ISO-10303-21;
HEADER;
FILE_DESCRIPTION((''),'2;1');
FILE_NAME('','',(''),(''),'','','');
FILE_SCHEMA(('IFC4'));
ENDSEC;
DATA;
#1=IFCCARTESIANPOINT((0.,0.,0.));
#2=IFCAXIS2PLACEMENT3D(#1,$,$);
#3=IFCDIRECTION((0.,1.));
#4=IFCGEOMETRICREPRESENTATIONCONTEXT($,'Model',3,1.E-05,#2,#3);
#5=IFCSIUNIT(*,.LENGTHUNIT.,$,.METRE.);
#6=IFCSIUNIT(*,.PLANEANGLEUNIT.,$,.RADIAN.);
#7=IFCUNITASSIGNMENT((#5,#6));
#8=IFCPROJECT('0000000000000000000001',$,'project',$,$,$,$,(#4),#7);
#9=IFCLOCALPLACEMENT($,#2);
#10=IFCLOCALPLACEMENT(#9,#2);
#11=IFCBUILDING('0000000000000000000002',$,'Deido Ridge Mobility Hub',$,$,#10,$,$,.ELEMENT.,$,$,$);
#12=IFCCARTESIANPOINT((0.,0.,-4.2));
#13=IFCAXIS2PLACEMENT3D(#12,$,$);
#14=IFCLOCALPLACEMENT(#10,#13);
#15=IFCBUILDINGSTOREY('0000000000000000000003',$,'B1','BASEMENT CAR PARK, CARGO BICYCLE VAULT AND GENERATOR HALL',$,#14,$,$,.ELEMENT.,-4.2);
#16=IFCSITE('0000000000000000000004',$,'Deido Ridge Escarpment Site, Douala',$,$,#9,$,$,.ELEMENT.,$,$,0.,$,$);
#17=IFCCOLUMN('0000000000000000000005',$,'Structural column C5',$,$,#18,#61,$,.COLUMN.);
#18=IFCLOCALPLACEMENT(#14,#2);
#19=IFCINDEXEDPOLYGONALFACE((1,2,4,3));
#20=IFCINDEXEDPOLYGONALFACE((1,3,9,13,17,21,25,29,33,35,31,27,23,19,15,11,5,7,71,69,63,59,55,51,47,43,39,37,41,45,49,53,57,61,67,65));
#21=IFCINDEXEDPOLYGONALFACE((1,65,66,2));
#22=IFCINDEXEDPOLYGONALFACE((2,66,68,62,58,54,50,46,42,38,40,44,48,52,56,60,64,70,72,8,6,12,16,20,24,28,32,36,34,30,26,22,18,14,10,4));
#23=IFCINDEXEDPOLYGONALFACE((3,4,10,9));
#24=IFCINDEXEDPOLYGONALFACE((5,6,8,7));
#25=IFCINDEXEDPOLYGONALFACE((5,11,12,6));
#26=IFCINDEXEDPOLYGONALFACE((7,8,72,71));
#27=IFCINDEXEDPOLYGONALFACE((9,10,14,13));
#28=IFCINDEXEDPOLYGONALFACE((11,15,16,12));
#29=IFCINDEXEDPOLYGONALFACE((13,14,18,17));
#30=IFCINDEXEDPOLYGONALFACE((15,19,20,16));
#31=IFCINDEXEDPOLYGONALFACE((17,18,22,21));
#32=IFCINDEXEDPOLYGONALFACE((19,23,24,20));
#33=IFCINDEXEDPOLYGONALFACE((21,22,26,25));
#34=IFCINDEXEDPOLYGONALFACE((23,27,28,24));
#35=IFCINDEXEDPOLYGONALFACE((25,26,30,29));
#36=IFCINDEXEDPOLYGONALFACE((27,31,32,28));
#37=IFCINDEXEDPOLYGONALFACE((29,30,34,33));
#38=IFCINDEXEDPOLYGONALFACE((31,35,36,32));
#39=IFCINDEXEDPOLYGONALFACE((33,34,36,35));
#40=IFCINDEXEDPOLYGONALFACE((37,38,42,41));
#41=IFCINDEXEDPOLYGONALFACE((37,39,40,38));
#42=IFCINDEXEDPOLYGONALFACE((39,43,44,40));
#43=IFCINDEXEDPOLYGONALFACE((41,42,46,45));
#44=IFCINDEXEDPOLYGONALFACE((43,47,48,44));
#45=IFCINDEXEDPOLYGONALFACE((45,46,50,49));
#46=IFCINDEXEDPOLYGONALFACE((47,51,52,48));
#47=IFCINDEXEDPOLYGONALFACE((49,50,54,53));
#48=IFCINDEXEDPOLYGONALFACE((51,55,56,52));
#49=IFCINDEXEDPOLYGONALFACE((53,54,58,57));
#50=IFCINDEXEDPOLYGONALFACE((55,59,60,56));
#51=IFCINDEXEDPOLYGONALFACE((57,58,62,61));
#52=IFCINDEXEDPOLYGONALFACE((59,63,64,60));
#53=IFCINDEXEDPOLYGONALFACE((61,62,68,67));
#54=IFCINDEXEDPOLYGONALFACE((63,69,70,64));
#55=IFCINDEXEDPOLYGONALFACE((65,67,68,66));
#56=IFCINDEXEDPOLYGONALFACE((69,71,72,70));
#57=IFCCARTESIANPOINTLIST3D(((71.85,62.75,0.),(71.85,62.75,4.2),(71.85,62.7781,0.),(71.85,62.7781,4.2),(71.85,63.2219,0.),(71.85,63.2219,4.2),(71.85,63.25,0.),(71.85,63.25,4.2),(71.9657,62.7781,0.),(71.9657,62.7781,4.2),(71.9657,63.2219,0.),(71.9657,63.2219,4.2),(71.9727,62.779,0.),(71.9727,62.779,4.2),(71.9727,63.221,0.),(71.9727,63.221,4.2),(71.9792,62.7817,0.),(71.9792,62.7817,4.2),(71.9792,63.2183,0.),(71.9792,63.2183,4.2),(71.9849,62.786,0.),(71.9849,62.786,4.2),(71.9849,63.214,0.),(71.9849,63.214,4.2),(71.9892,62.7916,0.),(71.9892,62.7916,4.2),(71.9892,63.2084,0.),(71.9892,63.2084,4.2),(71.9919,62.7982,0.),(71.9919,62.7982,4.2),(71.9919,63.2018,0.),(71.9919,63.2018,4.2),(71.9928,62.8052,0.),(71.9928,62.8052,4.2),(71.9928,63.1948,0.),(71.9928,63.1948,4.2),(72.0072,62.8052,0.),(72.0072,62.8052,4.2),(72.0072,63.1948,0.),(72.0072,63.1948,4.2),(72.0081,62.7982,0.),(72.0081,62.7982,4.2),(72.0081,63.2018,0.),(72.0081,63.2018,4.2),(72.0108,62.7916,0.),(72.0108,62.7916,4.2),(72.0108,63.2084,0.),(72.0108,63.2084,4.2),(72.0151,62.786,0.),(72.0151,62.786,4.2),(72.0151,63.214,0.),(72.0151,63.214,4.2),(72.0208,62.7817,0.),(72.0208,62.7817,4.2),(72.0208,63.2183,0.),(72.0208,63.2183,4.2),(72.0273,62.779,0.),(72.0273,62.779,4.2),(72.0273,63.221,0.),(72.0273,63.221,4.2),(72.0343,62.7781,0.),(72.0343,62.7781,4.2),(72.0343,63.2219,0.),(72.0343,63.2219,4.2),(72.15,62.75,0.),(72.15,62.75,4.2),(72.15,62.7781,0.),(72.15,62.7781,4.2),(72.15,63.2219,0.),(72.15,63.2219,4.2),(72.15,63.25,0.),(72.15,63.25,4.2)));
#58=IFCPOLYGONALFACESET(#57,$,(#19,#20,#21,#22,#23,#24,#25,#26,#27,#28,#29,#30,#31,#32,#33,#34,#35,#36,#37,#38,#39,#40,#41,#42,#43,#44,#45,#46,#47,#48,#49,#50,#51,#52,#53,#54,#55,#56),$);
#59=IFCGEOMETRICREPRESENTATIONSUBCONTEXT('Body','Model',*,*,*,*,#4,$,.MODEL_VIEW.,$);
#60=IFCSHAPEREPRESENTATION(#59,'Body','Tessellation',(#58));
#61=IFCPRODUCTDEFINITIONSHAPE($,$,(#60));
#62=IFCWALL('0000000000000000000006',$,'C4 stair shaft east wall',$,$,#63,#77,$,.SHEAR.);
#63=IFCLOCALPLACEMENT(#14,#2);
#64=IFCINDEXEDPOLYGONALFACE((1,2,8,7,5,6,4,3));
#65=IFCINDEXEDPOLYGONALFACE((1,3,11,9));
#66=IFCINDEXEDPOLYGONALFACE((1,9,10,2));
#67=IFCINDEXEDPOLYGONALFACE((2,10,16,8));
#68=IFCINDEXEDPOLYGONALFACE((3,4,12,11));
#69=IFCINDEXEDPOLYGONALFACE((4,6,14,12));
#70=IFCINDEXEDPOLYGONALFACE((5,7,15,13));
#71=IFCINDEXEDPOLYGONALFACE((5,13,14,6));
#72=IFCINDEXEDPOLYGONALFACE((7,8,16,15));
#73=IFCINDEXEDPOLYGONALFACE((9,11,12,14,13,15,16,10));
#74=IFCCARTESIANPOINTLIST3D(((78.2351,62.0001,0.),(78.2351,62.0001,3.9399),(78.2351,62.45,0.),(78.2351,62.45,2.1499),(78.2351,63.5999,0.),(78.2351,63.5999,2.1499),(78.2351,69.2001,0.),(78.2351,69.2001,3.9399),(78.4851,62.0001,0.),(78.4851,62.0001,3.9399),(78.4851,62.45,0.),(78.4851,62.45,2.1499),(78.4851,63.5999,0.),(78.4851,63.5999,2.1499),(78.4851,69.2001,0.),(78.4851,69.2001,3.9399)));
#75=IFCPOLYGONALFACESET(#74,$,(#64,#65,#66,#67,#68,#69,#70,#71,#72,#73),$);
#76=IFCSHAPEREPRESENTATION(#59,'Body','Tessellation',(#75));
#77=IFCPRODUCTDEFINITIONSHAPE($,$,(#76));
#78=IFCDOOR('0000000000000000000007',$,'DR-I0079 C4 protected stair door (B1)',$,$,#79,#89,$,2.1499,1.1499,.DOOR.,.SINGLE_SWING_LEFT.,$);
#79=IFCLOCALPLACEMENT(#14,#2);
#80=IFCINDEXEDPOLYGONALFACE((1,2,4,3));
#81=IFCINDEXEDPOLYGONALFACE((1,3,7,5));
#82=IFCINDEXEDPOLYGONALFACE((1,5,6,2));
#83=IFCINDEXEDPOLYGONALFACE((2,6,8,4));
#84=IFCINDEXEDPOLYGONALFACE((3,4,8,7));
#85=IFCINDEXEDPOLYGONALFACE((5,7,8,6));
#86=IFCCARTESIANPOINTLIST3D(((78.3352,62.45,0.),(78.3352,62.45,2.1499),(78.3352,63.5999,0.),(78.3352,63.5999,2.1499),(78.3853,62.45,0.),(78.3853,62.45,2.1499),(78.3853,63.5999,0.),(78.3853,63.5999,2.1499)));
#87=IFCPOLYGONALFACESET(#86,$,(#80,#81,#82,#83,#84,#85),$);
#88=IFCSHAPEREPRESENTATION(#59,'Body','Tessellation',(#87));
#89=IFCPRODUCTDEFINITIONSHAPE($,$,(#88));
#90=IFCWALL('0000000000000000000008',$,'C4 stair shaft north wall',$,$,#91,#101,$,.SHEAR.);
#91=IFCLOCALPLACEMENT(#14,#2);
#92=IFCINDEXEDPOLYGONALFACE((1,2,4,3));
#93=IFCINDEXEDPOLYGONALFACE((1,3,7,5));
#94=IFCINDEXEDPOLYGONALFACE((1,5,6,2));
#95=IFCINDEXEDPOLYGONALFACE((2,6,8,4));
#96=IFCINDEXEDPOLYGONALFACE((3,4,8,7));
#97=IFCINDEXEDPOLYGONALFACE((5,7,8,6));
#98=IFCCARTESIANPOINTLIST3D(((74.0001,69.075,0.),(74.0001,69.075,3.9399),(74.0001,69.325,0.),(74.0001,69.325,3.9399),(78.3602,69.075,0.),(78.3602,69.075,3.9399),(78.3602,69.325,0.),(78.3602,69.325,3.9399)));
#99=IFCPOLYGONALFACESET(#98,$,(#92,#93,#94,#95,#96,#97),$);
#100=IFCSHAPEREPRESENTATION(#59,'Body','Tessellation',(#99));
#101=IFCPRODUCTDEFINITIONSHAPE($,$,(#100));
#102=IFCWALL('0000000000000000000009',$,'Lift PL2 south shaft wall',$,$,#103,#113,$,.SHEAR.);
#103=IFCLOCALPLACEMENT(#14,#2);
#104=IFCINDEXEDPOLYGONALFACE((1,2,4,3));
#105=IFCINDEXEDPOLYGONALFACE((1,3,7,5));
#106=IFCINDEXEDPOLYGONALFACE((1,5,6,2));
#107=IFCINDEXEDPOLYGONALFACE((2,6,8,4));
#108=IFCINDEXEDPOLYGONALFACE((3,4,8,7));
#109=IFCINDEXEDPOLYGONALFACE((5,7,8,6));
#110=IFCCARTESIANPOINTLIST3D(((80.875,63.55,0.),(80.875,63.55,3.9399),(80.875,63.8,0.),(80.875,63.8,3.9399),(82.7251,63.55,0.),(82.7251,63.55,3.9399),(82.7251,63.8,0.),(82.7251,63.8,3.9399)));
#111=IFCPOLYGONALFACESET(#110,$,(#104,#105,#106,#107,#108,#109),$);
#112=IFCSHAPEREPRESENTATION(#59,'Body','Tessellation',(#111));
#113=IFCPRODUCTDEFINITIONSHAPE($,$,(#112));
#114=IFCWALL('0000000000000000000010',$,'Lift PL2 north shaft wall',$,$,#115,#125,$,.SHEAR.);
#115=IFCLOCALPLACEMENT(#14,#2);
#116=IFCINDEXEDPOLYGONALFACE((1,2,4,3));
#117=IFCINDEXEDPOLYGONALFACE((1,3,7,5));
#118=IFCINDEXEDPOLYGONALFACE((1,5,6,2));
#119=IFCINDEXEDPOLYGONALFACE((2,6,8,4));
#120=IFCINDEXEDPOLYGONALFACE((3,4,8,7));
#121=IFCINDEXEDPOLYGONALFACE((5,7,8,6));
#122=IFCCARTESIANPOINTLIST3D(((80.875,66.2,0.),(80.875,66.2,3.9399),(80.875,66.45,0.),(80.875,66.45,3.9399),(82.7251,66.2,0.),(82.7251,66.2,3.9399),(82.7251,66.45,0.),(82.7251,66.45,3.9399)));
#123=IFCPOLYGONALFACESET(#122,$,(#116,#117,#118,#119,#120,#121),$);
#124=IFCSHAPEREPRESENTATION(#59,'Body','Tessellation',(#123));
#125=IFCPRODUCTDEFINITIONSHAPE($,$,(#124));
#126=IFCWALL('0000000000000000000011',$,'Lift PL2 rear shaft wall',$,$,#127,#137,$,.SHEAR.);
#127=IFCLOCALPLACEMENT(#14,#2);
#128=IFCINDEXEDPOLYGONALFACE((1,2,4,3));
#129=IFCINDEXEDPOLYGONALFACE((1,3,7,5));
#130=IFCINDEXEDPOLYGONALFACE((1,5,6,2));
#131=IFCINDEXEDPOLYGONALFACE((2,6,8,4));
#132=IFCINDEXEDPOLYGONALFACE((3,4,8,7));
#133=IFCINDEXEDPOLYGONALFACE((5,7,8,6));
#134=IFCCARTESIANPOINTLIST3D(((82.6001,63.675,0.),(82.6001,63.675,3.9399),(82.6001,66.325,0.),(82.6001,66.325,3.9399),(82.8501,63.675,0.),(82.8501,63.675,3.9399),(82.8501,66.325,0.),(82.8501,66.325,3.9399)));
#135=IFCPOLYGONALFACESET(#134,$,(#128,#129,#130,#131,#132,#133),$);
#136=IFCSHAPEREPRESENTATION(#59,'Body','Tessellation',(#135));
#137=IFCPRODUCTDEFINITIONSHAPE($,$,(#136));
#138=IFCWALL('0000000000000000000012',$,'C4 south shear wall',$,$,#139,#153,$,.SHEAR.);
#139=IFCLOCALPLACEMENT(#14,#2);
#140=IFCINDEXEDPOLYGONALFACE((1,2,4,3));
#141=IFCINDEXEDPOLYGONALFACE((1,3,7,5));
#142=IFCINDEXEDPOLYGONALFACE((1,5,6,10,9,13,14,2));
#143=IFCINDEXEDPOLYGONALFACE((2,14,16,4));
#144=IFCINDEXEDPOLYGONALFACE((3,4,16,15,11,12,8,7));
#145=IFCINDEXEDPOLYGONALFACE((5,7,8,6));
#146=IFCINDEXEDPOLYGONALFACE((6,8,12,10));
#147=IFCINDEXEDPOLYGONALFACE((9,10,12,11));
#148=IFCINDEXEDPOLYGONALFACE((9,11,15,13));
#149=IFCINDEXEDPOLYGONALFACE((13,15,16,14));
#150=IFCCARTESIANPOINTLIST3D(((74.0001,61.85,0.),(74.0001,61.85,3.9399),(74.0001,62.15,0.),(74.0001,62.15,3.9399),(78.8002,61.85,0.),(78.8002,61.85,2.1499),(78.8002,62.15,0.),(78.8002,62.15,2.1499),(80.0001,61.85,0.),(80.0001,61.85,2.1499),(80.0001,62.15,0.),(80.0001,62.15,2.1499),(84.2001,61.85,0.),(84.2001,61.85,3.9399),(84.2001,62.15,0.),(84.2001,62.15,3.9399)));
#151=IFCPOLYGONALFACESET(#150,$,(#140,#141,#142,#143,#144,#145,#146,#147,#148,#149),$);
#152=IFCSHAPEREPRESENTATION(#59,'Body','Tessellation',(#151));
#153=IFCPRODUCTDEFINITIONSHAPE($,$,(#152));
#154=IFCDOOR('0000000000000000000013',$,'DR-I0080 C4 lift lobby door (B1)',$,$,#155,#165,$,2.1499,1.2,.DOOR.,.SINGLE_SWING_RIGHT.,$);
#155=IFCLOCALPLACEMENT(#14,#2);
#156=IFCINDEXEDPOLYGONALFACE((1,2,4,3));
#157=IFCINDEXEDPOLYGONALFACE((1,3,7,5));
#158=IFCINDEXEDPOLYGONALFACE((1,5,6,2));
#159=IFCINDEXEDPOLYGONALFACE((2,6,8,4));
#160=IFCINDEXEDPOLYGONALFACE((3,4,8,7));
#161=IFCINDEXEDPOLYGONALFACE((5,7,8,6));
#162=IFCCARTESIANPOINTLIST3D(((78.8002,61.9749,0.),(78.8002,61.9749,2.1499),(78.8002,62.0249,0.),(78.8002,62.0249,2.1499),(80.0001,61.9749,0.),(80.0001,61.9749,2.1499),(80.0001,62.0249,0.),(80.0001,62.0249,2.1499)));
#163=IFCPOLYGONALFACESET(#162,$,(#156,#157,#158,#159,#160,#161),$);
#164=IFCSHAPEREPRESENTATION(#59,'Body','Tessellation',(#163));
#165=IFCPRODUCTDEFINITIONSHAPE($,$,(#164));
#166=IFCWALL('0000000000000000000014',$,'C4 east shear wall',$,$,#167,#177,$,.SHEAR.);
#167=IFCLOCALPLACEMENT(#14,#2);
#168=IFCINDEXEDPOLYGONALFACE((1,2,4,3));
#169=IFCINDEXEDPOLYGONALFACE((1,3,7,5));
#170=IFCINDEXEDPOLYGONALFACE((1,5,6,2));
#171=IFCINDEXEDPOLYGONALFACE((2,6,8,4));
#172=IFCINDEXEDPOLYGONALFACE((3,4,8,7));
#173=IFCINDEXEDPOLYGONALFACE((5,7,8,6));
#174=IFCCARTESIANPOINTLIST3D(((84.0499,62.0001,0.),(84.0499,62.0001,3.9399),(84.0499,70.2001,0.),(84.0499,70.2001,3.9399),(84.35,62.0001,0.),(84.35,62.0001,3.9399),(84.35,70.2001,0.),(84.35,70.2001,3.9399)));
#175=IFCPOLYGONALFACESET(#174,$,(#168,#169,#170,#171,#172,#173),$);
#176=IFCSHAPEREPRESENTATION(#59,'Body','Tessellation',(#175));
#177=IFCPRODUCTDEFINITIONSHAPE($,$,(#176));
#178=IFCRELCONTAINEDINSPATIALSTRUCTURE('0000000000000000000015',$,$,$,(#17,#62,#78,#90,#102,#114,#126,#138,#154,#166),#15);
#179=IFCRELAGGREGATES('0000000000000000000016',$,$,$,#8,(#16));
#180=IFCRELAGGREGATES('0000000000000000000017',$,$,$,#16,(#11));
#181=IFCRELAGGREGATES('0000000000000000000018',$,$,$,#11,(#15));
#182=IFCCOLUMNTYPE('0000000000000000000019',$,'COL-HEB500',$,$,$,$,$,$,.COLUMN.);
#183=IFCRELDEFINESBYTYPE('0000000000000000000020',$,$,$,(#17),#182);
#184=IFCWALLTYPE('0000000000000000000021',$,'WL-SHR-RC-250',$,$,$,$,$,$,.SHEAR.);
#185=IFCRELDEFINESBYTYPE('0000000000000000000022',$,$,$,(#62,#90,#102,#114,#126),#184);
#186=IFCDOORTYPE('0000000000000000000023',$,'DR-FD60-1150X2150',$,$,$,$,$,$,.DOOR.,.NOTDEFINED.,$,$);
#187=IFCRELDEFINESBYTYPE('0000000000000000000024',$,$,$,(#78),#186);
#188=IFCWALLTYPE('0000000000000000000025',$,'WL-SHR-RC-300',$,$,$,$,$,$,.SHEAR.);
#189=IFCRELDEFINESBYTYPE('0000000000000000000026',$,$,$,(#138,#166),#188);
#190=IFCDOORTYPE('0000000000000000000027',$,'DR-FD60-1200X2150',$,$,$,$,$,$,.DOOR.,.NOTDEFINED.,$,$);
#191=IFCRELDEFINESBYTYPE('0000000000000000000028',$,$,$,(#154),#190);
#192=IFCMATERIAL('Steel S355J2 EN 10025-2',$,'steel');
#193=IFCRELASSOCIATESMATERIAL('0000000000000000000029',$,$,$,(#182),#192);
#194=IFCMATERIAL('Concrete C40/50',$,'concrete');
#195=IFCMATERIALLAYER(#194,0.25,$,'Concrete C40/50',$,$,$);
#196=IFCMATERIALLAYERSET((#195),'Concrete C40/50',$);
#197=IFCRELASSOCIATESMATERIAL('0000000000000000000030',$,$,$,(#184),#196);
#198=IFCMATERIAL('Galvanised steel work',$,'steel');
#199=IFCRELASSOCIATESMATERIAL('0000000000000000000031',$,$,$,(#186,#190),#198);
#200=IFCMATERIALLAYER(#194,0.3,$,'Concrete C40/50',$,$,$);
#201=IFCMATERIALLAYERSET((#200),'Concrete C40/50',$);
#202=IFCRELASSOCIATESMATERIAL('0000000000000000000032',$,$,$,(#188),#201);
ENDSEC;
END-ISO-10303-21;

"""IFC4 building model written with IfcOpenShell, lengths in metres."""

from ifc_helpers import new_model, si_unit, direction, frame, frame_2d, origin, origin_2d, place, context, subcontext, project, spatial, rectangle, i_section, extrude, material, layer, layer_set, material_profile, profile_set, type_object, element, fill, save


model = new_model("IFC4")

# Units and contexts
model_context = context("Model", 3, precision=1e-05, world=origin(), true_north=direction((0.0, 1.0)))
body_context = subcontext(model_context, "Body", "Model", "MODEL_VIEW")
ifc_project = project(units=[si_unit("LENGTHUNIT", "METRE"), si_unit("PLANEANGLEUNIT", "RADIAN")], contexts=[model_context])

# Site, building, storey
site_placement = place(None, origin())
site = spatial("IfcSite", under=ifc_project, at=site_placement, Name="Deido Ridge Escarpment Site, Douala", CompositionType="ELEMENT", RefElevation=0.0)
building_placement = place(site_placement, origin())
building = spatial("IfcBuilding", under=site, at=building_placement, Name="Deido Ridge Mobility Hub", CompositionType="ELEMENT")
storey_placement = place(building_placement, frame((0.0, 0.0, -4.2)))
storey = spatial("IfcBuildingStorey", under=building, at=storey_placement, Name="B1", Description="BASEMENT CAR PARK, CARGO BICYCLE VAULT AND GENERATOR HALL", CompositionType="ELEMENT", Elevation=-4.2)

# Shared definitions
ifc_material_1 = material(Name="Concrete C40/50", Category="concrete")

# Column
ifc_material_2 = material(Name="Steel S355J2 EN 10025-2", Category="steel")
ifc_material_profile_1 = material_profile(ifc_material_2, i_section(OverallWidth=0.3, OverallDepth=0.5, WebThickness=0.0144, FlangeThickness=0.0281, FilletRadius=0.0271, at=origin_2d()), Name="HEB 500")
ifc_profile_set_1 = profile_set([ifc_material_profile_1], Name="Steel S355J2 EN 10025-2")
column_type = type_object("IfcColumnType", Name="COL-HEB500", PredefinedType="COLUMN", material=ifc_profile_set_1)
column_placement = place(storey_placement, frame((72.0, 63.0, 0.0), z_axis=(0.0, 0.0, 1.0), x_axis=(1.0, 0.0, 0.0)))
element("IfcColumn", 1, at=column_placement, inside=storey, type_object=column_type, Name="Structural column C5", PredefinedType="COLUMN", context=body_context, shape_type="SweptSolid", body=[
    extrude(i_section(OverallWidth=0.3, OverallDepth=0.5, WebThickness=0.0144, FlangeThickness=0.0281, FilletRadius=0.0271, at=origin_2d()), origin(), (0.0, 0.0, 1.0), 4.2),
])

# Wall, opening, door
ifc_layer_1 = layer(ifc_material_1, 0.25, Name="Concrete C40/50")
ifc_layer_set_1 = layer_set([ifc_layer_1], Name="Concrete C40/50")
wall_type_1 = type_object("IfcWallType", Name="WL-SHR-RC-250", PredefinedType="SHEAR", material=ifc_layer_set_1)
wall_1_placement = place(storey_placement, frame((78.3601, 62.0, 0.0), z_axis=(0.0, 0.0, 1.0), x_axis=(0.0, 1.0, 0.0)))
wall_1 = element("IfcWall", 2, at=wall_1_placement, inside=storey, type_object=wall_type_1, Name="C4 stair shaft east wall", PredefinedType="SHEAR", context=body_context, shape_type="SweptSolid", body=[
    extrude(rectangle(XDim=7.2, YDim=0.25, at=frame_2d((3.6001, 0.0))), origin(), (0.0, 0.0, 1.0), 3.9399),
])
opening_1_placement = place(wall_1_placement, frame((0.45, 0.0, 0.0)))
opening_1 = element("IfcOpeningElement", 3, at=opening_1_placement, cuts=wall_1, PredefinedType="OPENING", context=body_context, shape_type="SweptSolid", body=[
    extrude(rectangle(XDim=1.1499, YDim=2.1499, at=frame_2d((0.575, 1.075))), frame((0.0, 0.135, 0.0), z_axis=(0.0, -1.0, 0.0), x_axis=(1.0, 0.0, 0.0)), (0.0, 0.0, 1.0), 0.27),
])
ifc_material_3 = material(Name="Galvanised steel work", Category="steel")
door_type_1 = type_object("IfcDoorType", Name="DR-FD60-1150X2150", OperationType="NOTDEFINED", PredefinedType="DOOR", material=ifc_material_3)
door_1_placement = place(opening_1_placement, origin())
door_1 = element("IfcDoor", 4, at=door_1_placement, inside=storey, type_object=door_type_1, Name="DR-I0079 C4 protected stair door (B1)", OperationType="SINGLE_SWING_LEFT", OverallHeight=2.1499, OverallWidth=1.1499, PredefinedType="DOOR", context=body_context, shape_type="SweptSolid", body=[
    extrude(rectangle(XDim=1.1499, YDim=2.1499, at=frame_2d((0.575, 1.075))), frame((0.0, 0.0249, 0.0), z_axis=(0.0, -1.0, 0.0), x_axis=(1.0, 0.0, 0.0)), (0.0, 0.0, 1.0), 0.05),
])
fill(opening_1, door_1)

# Walls
wall_2_placement = place(storey_placement, frame((74.0, 69.2, 0.0), z_axis=(0.0, 0.0, 1.0), x_axis=(1.0, 0.0, 0.0)))
element("IfcWall", 5, at=wall_2_placement, inside=storey, type_object=wall_type_1, Name="C4 stair shaft north wall", PredefinedType="SHEAR", context=body_context, shape_type="SweptSolid", body=[
    extrude(rectangle(XDim=4.3601, YDim=0.25, at=frame_2d((2.1802, 0.0))), origin(), (0.0, 0.0, 1.0), 3.9399),
])
for number, where, z_axis, x_axis, name in (
    (6, (80.875, 63.675, 0.0), (0.0, 0.0, 1.0), (1.0, 0.0, 0.0), "Lift PL2 south shaft wall"),
    (7, (80.875, 66.325, 0.0), (0.0, 0.0, 1.0), (1.0, 0.0, 0.0), "Lift PL2 north shaft wall"),
):
    element("IfcWall", number, at=place(storey_placement, frame(where, z_axis=z_axis, x_axis=x_axis)), inside=storey, type_object=wall_type_1, Name=name, PredefinedType="SHEAR", context=body_context, shape_type="SweptSolid", body=[
        extrude(rectangle(XDim=1.8501, YDim=0.25, at=frame_2d((0.925, 0.0))), origin(), (0.0, 0.0, 1.0), 3.9399),
    ])
wall_3_placement = place(storey_placement, frame((82.7251, 63.675, 0.0), z_axis=(0.0, 0.0, 1.0), x_axis=(0.0, 1.0, 0.0)))
element("IfcWall", 8, at=wall_3_placement, inside=storey, type_object=wall_type_1, Name="Lift PL2 rear shaft wall", PredefinedType="SHEAR", context=body_context, shape_type="SweptSolid", body=[
    extrude(rectangle(XDim=2.6499, YDim=0.25, at=frame_2d((1.325, 0.0))), origin(), (0.0, 0.0, 1.0), 3.9399),
])

# Wall, opening, door
ifc_layer_2 = layer(ifc_material_1, 0.3, Name="Concrete C40/50")
ifc_layer_set_2 = layer_set([ifc_layer_2], Name="Concrete C40/50")
wall_type_2 = type_object("IfcWallType", Name="WL-SHR-RC-300", PredefinedType="SHEAR", material=ifc_layer_set_2)
wall_4_placement = place(storey_placement, frame((74.0, 62.0, 0.0), z_axis=(0.0, 0.0, 1.0), x_axis=(1.0, 0.0, 0.0)))
wall_4 = element("IfcWall", 9, at=wall_4_placement, inside=storey, type_object=wall_type_2, Name="C4 south shear wall", PredefinedType="SHEAR", context=body_context, shape_type="SweptSolid", body=[
    extrude(rectangle(XDim=10.2, YDim=0.3, at=frame_2d((5.1001, 0.0))), origin(), (0.0, 0.0, 1.0), 3.9399),
])
opening_2_placement = place(wall_4_placement, frame((4.8, 0.0, 0.0)))
opening_2 = element("IfcOpeningElement", 10, at=opening_2_placement, cuts=wall_4, PredefinedType="OPENING", context=body_context, shape_type="SweptSolid", body=[
    extrude(rectangle(XDim=1.2, YDim=2.1499, at=frame_2d((0.6001, 1.075))), frame((0.0, 0.1602, 0.0), z_axis=(0.0, -1.0, 0.0), x_axis=(1.0, 0.0, 0.0)), (0.0, 0.0, 1.0), 0.3201),
])
door_type_2 = type_object("IfcDoorType", Name="DR-FD60-1200X2150", OperationType="NOTDEFINED", PredefinedType="DOOR", material=ifc_material_3)
door_2_placement = place(opening_2_placement, origin())
door_2 = element("IfcDoor", 11, at=door_2_placement, inside=storey, type_object=door_type_2, Name="DR-I0080 C4 lift lobby door (B1)", OperationType="SINGLE_SWING_RIGHT", OverallHeight=2.1499, OverallWidth=1.2, PredefinedType="DOOR", context=body_context, shape_type="SweptSolid", body=[
    extrude(rectangle(XDim=1.2, YDim=2.1499, at=frame_2d((0.6001, 1.075))), frame((0.0, 0.0249, 0.0), z_axis=(0.0, -1.0, 0.0), x_axis=(1.0, 0.0, 0.0)), (0.0, 0.0, 1.0), 0.05),
])
fill(opening_2, door_2)

# Wall
wall_5_placement = place(storey_placement, frame((84.2, 62.0, 0.0), z_axis=(0.0, 0.0, 1.0), x_axis=(0.0, 1.0, 0.0)))
element("IfcWall", 12, at=wall_5_placement, inside=storey, type_object=wall_type_2, Name="C4 east shear wall", PredefinedType="SHEAR", context=body_context, shape_type="SweptSolid", body=[
    extrude(rectangle(XDim=8.2, YDim=0.3, at=frame_2d((4.1001, 0.0))), origin(), (0.0, 0.0, 1.0), 3.9399),
])

save(model, "model.ifc")
